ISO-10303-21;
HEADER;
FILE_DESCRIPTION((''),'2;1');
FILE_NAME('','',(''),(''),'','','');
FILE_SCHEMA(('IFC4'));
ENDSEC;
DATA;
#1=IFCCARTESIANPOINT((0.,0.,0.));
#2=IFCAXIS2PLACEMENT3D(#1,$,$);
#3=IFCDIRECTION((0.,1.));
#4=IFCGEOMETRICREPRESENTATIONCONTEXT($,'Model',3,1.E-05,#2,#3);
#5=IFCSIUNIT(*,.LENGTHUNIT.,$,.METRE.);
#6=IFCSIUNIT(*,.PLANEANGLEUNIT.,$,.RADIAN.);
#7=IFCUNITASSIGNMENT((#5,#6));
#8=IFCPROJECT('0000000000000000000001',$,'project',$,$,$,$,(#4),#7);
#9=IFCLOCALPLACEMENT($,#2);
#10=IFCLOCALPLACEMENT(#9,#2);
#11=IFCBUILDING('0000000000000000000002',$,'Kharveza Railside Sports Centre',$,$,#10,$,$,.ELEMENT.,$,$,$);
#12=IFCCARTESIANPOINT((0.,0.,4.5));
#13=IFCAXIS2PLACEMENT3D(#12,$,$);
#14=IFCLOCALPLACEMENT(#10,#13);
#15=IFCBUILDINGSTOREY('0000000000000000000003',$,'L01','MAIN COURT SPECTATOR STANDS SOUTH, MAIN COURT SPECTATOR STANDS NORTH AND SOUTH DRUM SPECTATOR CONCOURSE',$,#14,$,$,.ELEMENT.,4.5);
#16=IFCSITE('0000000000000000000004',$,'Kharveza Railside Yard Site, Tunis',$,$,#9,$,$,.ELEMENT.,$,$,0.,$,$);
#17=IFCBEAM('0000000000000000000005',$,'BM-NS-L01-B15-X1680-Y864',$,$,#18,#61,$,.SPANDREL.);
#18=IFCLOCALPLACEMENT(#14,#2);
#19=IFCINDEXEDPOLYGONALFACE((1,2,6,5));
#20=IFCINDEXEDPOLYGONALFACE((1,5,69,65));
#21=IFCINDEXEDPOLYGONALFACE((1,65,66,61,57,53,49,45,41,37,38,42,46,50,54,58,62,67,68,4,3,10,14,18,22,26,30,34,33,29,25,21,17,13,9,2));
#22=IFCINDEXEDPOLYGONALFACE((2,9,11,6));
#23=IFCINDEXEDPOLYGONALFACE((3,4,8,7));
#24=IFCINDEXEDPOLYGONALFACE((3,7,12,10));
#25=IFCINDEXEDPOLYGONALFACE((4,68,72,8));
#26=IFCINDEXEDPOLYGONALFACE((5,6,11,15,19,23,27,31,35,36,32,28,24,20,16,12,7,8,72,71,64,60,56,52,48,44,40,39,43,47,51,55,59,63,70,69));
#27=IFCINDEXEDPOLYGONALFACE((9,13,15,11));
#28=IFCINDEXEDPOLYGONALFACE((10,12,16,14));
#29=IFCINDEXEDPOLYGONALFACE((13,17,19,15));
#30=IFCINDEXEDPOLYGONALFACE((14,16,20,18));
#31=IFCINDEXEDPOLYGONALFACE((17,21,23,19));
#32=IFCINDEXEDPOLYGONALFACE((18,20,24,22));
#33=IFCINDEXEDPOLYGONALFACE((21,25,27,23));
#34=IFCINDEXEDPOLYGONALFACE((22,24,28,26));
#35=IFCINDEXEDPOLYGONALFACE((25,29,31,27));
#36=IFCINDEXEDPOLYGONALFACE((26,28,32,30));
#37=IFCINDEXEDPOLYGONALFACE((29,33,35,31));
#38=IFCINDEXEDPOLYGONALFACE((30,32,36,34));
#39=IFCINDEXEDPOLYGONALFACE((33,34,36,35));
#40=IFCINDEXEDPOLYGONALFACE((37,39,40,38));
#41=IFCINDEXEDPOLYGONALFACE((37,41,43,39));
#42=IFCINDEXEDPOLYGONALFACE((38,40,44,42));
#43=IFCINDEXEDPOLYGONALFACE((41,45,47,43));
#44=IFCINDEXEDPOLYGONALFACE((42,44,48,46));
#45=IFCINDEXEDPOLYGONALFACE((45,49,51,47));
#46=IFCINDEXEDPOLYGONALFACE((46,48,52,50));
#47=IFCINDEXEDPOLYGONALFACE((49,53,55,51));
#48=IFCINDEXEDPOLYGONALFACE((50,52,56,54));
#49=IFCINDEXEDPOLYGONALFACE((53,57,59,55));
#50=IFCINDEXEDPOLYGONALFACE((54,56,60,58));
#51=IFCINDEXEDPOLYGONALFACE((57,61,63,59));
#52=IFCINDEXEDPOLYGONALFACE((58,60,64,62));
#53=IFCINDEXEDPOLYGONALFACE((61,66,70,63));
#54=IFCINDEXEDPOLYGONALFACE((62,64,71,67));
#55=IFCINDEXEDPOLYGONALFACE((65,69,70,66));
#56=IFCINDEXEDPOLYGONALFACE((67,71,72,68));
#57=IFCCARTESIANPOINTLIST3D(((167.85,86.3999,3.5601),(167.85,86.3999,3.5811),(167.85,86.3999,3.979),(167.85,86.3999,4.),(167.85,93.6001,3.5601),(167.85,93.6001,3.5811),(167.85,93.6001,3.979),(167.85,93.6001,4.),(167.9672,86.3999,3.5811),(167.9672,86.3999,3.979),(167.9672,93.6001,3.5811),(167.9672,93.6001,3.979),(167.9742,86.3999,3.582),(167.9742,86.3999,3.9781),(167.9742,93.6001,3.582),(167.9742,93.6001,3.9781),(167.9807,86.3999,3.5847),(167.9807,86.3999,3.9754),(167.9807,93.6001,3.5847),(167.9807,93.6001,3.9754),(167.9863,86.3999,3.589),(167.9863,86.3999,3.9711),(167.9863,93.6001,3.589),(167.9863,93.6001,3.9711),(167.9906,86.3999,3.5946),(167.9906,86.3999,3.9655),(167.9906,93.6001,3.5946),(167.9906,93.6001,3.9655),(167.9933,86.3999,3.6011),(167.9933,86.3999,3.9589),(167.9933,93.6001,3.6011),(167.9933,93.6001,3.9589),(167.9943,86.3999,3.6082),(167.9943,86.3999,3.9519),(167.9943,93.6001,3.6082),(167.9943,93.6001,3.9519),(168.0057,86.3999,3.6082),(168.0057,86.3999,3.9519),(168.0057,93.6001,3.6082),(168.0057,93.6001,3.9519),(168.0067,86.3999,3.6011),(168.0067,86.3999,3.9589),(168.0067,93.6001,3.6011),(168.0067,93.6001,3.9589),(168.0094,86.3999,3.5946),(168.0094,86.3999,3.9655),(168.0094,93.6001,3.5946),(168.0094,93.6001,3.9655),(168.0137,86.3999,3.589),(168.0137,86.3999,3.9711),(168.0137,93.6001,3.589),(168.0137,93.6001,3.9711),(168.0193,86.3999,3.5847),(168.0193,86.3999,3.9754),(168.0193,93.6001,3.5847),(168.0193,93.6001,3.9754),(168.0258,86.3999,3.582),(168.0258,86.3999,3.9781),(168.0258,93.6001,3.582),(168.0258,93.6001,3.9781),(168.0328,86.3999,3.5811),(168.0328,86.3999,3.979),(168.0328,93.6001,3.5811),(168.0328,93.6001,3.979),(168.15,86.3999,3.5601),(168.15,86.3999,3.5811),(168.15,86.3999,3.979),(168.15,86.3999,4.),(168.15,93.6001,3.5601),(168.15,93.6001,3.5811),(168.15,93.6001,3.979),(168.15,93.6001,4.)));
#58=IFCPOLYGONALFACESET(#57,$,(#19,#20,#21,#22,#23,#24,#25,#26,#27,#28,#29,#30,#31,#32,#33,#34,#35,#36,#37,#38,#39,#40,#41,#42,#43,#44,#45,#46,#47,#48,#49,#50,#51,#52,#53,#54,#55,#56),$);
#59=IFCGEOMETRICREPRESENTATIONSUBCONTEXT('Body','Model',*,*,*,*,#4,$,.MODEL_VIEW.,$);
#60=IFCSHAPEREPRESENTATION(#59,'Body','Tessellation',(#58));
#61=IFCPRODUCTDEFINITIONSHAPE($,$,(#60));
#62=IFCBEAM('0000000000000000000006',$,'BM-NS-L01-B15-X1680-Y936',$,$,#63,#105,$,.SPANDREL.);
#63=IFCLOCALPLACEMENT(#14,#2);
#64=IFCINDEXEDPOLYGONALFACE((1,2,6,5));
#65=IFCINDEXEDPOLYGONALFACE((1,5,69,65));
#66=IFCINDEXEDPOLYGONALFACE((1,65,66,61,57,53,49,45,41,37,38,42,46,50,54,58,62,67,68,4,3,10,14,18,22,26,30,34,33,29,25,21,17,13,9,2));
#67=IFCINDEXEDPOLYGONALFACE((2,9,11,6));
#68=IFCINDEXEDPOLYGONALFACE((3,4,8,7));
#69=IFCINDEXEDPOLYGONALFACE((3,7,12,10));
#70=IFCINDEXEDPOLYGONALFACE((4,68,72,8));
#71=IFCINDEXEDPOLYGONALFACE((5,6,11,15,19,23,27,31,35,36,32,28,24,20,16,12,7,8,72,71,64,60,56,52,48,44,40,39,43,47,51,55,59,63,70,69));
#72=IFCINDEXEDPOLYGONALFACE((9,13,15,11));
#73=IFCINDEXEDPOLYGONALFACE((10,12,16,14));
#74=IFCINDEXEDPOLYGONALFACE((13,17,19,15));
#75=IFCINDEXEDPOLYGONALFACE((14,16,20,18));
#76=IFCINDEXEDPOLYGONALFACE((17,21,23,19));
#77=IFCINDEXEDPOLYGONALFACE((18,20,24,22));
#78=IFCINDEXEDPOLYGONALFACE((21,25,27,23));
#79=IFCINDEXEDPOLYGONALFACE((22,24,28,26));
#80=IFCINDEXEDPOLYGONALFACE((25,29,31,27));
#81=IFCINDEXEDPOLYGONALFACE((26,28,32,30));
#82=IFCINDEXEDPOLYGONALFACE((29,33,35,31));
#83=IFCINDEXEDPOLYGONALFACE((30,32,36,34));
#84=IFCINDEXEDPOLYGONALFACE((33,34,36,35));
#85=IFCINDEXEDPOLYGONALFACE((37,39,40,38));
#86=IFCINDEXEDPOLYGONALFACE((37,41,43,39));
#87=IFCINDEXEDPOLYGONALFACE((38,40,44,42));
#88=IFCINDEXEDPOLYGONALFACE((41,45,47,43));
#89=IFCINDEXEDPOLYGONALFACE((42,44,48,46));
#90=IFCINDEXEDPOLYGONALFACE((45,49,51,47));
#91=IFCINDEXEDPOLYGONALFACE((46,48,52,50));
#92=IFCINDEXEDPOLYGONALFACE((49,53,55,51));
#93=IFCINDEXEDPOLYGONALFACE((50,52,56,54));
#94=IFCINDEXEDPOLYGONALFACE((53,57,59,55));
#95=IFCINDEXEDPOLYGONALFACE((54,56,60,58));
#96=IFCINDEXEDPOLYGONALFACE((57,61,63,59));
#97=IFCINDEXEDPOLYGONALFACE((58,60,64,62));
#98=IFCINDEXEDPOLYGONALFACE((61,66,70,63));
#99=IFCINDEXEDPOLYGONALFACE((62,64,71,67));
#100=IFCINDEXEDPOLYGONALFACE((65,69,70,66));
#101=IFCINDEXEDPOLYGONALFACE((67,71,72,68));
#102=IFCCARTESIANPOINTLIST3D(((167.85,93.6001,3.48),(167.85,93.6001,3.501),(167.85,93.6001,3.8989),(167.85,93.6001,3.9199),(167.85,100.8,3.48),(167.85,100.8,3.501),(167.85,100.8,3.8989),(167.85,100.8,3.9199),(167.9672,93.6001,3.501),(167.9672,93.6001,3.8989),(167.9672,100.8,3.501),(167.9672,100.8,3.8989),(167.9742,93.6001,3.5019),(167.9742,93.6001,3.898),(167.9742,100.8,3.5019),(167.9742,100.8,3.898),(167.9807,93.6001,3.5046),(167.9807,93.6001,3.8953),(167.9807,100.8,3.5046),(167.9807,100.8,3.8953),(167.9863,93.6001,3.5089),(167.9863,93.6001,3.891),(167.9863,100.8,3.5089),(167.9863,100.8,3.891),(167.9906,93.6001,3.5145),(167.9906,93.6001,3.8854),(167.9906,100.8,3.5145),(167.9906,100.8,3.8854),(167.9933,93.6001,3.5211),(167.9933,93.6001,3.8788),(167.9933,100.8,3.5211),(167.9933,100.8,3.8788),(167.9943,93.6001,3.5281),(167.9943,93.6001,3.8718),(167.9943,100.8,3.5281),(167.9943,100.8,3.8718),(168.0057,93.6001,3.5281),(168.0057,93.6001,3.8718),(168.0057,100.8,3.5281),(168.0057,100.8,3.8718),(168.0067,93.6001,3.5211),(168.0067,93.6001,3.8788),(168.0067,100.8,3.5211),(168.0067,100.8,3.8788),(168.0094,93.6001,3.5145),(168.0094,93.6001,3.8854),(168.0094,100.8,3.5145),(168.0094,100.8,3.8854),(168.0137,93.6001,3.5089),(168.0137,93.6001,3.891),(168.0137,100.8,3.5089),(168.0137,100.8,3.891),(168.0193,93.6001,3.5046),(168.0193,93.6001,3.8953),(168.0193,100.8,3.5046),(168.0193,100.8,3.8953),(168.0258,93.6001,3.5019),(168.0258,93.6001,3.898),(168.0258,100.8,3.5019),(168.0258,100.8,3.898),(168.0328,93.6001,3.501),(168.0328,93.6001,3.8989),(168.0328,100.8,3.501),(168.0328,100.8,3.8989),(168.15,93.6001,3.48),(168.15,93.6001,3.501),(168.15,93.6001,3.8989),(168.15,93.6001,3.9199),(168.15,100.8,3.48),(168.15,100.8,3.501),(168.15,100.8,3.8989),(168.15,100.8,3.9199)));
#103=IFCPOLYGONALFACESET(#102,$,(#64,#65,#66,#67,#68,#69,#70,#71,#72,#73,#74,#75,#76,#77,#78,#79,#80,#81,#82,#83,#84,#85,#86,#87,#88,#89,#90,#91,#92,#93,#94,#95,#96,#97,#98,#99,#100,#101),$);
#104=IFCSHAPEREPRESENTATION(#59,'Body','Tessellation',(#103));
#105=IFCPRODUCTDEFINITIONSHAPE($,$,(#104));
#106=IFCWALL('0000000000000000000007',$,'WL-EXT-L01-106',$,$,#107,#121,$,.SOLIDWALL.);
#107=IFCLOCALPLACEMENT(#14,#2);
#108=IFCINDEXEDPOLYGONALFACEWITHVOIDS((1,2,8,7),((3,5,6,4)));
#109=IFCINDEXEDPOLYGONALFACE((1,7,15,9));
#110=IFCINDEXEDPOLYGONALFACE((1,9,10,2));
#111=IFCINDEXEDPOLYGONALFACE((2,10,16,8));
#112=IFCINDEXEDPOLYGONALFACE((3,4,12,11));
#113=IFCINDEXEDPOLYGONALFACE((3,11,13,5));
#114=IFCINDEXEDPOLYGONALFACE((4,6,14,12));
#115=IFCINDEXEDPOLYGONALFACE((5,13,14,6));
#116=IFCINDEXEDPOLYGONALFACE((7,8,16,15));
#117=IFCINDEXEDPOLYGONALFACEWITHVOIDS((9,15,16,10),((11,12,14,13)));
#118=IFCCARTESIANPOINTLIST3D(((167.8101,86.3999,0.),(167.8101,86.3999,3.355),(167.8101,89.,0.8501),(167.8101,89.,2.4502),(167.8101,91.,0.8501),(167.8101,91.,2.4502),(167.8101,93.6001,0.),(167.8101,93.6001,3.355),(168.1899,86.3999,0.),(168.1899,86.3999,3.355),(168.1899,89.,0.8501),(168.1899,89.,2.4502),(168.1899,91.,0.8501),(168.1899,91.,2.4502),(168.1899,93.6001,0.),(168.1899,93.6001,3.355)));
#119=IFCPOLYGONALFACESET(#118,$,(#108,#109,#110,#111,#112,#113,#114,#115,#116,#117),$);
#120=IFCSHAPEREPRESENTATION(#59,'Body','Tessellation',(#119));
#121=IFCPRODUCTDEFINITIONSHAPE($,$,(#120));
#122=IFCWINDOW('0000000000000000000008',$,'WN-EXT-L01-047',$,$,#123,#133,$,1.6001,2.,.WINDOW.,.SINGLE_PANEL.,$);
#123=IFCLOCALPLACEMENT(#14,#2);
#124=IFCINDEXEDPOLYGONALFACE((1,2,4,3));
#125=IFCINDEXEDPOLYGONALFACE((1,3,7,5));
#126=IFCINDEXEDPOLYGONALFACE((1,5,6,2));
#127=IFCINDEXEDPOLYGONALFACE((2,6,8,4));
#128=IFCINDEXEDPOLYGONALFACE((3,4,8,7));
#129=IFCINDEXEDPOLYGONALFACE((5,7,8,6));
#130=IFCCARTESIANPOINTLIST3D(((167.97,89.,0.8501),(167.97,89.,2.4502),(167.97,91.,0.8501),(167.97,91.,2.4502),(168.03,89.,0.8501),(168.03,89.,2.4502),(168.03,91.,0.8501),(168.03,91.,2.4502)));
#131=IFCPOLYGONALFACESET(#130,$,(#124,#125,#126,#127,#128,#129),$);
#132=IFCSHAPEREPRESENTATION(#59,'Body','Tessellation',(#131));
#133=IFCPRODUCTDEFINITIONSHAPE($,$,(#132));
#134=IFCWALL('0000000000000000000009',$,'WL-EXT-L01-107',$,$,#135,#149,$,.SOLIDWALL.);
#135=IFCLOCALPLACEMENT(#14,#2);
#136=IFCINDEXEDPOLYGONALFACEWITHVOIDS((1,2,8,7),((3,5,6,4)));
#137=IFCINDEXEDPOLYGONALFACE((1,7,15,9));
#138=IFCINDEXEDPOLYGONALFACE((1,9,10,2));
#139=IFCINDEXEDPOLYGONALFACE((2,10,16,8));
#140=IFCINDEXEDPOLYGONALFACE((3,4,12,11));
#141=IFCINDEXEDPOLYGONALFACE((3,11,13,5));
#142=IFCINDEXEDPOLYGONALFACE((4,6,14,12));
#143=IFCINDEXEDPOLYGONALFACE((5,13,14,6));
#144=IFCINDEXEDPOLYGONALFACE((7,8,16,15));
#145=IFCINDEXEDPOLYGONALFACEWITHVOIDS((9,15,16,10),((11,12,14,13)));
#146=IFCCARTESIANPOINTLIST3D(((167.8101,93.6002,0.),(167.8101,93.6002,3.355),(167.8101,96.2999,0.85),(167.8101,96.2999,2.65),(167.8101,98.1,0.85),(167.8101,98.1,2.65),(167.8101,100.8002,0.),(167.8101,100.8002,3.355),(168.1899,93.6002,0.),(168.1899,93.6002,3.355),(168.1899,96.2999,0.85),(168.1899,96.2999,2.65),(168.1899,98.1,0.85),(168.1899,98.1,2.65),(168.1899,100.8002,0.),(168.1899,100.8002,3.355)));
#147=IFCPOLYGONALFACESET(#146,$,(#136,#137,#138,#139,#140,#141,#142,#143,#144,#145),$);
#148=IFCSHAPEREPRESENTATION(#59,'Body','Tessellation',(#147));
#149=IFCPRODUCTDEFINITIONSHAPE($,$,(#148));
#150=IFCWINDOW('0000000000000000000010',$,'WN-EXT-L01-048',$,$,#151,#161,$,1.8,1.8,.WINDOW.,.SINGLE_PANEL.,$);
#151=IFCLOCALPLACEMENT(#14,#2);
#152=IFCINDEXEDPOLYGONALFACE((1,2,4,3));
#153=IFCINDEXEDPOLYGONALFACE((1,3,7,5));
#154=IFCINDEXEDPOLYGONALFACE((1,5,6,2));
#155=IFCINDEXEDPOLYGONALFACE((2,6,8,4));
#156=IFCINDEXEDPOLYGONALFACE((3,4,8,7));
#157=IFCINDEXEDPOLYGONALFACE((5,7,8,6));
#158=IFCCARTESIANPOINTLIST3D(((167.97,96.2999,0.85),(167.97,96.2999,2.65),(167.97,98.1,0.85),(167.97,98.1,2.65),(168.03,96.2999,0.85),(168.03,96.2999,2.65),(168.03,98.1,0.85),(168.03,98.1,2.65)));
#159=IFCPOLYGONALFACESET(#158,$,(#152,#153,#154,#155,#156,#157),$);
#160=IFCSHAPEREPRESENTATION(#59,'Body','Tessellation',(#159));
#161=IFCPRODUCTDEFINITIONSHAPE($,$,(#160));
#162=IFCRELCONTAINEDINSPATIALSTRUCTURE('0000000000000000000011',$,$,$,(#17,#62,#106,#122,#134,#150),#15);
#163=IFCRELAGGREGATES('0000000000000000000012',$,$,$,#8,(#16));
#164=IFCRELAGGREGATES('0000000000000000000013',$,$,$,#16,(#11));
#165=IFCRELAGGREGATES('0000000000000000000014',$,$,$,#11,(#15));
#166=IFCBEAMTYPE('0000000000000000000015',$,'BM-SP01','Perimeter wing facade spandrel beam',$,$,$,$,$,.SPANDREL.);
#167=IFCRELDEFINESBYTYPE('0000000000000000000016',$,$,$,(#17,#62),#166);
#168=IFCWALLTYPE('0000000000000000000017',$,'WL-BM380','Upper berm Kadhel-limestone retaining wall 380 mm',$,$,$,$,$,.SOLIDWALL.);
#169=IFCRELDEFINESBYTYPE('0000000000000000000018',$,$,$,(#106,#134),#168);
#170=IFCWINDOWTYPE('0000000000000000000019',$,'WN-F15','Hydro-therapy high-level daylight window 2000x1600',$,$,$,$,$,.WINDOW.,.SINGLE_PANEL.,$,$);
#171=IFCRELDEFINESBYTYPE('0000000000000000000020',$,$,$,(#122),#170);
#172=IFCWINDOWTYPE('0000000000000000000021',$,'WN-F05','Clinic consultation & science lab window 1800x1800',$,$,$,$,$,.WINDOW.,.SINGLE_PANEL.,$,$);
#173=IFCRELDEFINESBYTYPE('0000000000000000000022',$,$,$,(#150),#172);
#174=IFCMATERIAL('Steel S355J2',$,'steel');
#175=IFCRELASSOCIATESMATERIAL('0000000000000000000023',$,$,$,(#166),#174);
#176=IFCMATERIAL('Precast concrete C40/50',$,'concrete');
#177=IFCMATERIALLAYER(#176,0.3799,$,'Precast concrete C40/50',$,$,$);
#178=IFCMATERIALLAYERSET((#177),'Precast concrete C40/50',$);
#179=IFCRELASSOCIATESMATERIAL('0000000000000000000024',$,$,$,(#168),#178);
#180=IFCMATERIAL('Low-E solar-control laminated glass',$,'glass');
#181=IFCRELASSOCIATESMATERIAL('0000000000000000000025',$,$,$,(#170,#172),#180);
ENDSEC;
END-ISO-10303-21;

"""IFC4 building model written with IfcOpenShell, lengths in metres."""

from ifc_helpers import new_model, si_unit, direction, frame, frame_2d, origin, origin_2d, place, context, subcontext, project, spatial, rectangle, i_section, extrude, material, layer, layer_set, material_profile, profile_set, type_object, element, fill, save


model = new_model("IFC4")

# Units and contexts
model_context = context("Model", 3, precision=1e-05, world=origin(), true_north=direction((0.0, 1.0)))
body_context = subcontext(model_context, "Body", "Model", "MODEL_VIEW")
ifc_project = project(units=[si_unit("LENGTHUNIT", "METRE"), si_unit("PLANEANGLEUNIT", "RADIAN")], contexts=[model_context])

# Site, building, storey
site_placement = place(None, origin())
site = spatial("IfcSite", under=ifc_project, at=site_placement, Name="Kharveza Railside Yard Site, Tunis", CompositionType="ELEMENT", RefElevation=0.0)
building_placement = place(site_placement, origin())
building = spatial("IfcBuilding", under=site, at=building_placement, Name="Kharveza Railside Sports Centre", CompositionType="ELEMENT")
storey_placement = place(building_placement, frame((0.0, 0.0, 4.5)))
storey = spatial("IfcBuildingStorey", under=building, at=storey_placement, Name="L01", Description="MAIN COURT SPECTATOR STANDS SOUTH, MAIN COURT SPECTATOR STANDS NORTH AND SOUTH DRUM SPECTATOR CONCOURSE", CompositionType="ELEMENT", Elevation=4.5)

# Shared definitions
ifc_material_1 = material(Name="Steel S355J2", Category="steel")

# Beams
ifc_material_profile_1 = material_profile(ifc_material_1, i_section(OverallWidth=0.3, OverallDepth=0.4399, WebThickness=0.0115, FlangeThickness=0.021, FilletRadius=0.0271, at=origin_2d()), Name="HEA 450")
ifc_profile_set_1 = profile_set([ifc_material_profile_1], Name="Steel S355J2")
beam_type_1 = type_object("IfcBeamType", Name="BM-SP01", Description="Perimeter wing facade spandrel beam", PredefinedType="SPANDREL", material=ifc_profile_set_1)
beam_1_placement = place(storey_placement, frame((168.0, 86.3999, 3.78), z_axis=(0.0, 1.0, 0.0), x_axis=(-1.0, 0.0, 0.0)))
element("IfcBeam", 1, at=beam_1_placement, inside=storey, type_object=beam_type_1, Name="BM-NS-L01-B15-X1680-Y864", PredefinedType="SPANDREL", context=body_context, shape_type="SweptSolid", body=[
    extrude(i_section(OverallWidth=0.3, OverallDepth=0.4399, WebThickness=0.0115, FlangeThickness=0.021, FilletRadius=0.0271, at=origin_2d()), origin(), (0.0, 0.0, 1.0), 7.2002),
])
beam_2_placement = place(storey_placement, frame((168.0, 93.6001, 3.7), z_axis=(0.0, 1.0, 0.0), x_axis=(-1.0, 0.0, 0.0)))
element("IfcBeam", 2, at=beam_2_placement, inside=storey, type_object=beam_type_1, Name="BM-NS-L01-B15-X1680-Y936", PredefinedType="SPANDREL", context=body_context, shape_type="SweptSolid", body=[
    extrude(i_section(OverallWidth=0.3, OverallDepth=0.4399, WebThickness=0.0115, FlangeThickness=0.021, FilletRadius=0.0271, at=origin_2d()), origin(), (0.0, 0.0, 1.0), 7.2),
])

# Walls, openings, windows
ifc_material_2 = material(Name="Precast concrete C40/50", Category="concrete")
ifc_layer_1 = layer(ifc_material_2, 0.3799, Name="Precast concrete C40/50")
ifc_layer_set_1 = layer_set([ifc_layer_1], Name="Precast concrete C40/50")
wall_type_1 = type_object("IfcWallType", Name="WL-BM380", Description="Upper berm Kadhel-limestone retaining wall 380 mm", PredefinedType="SOLIDWALL", material=ifc_layer_set_1)
wall_1_placement = place(storey_placement, frame((168.0, 86.3999, 0.0), z_axis=(0.0, 0.0, 1.0), x_axis=(0.0, 1.0, 0.0)))
wall_1 = element("IfcWall", 3, at=wall_1_placement, inside=storey, type_object=wall_type_1, Name="WL-EXT-L01-106", PredefinedType="SOLIDWALL", context=body_context, shape_type="SweptSolid", body=[
    extrude(rectangle(XDim=7.2002, YDim=0.3799, at=frame_2d((3.6001, 0.0))), origin(), (0.0, 0.0, 1.0), 3.355),
])
opening_1_placement = place(wall_1_placement, frame((2.6001, 0.0, 0.8501)))
opening_1 = element("IfcOpeningElement", 4, at=opening_1_placement, cuts=wall_1, PredefinedType="OPENING", context=body_context, shape_type="SweptSolid", body=[
    extrude(rectangle(XDim=2.0, YDim=1.6001, at=frame_2d((1.0, 0.8))), frame((0.0, 0.2148, 0.0), z_axis=(0.0, -1.0, 0.0), x_axis=(1.0, 0.0, 0.0)), (0.0, 0.0, 1.0), 0.4297),
])
ifc_material_3 = material(Name="Low-E solar-control laminated glass", Category="glass")
window_type_1 = type_object("IfcWindowType", Name="WN-F15", Description="Hydro-therapy high-level daylight window 2000x1600", PartitioningType="SINGLE_PANEL", PredefinedType="WINDOW", material=ifc_material_3)
window_1_placement = place(opening_1_placement, origin())
window_1 = element("IfcWindow", 5, at=window_1_placement, inside=storey, type_object=window_type_1, Name="WN-EXT-L01-047", OverallHeight=1.6001, OverallWidth=2.0, PartitioningType="SINGLE_PANEL", PredefinedType="WINDOW", context=body_context, shape_type="SweptSolid", body=[
    extrude(rectangle(XDim=2.0, YDim=1.6001, at=frame_2d((1.0, 0.8))), frame((0.0, 0.03, 0.0), z_axis=(0.0, -1.0, 0.0), x_axis=(1.0, 0.0, 0.0)), (0.0, 0.0, 1.0), 0.0601),
])
fill(opening_1, window_1)
wall_2_placement = place(storey_placement, frame((168.0, 93.6001, 0.0), z_axis=(0.0, 0.0, 1.0), x_axis=(0.0, 1.0, 0.0)))
wall_2 = element("IfcWall", 6, at=wall_2_placement, inside=storey, type_object=wall_type_1, Name="WL-EXT-L01-107", PredefinedType="SOLIDWALL", context=body_context, shape_type="SweptSolid", body=[
    extrude(rectangle(XDim=7.2, YDim=0.3799, at=frame_2d((3.6001, 0.0))), origin(), (0.0, 0.0, 1.0), 3.355),
])
opening_2_placement = place(wall_2_placement, frame((2.7, 0.0, 0.8501)))
opening_2 = element("IfcOpeningElement", 7, at=opening_2_placement, cuts=wall_2, PredefinedType="OPENING", context=body_context, shape_type="SweptSolid", body=[
    extrude(rectangle(XDim=1.8, YDim=1.8, at=frame_2d((0.8999, 0.8999))), frame((0.0, 0.2148, 0.0), z_axis=(0.0, -1.0, 0.0), x_axis=(1.0, 0.0, 0.0)), (0.0, 0.0, 1.0), 0.4297),
])
window_type_2 = type_object("IfcWindowType", Name="WN-F05", Description="Clinic consultation & science lab window 1800x1800", PartitioningType="SINGLE_PANEL", PredefinedType="WINDOW", material=ifc_material_3)
window_2_placement = place(opening_2_placement, origin())
window_2 = element("IfcWindow", 8, at=window_2_placement, inside=storey, type_object=window_type_2, Name="WN-EXT-L01-048", OverallHeight=1.8, OverallWidth=1.8, PartitioningType="SINGLE_PANEL", PredefinedType="WINDOW", context=body_context, shape_type="SweptSolid", body=[
    extrude(rectangle(XDim=1.8, YDim=1.8, at=frame_2d((0.8999, 0.8999))), frame((0.0, 0.03, 0.0), z_axis=(0.0, -1.0, 0.0), x_axis=(1.0, 0.0, 0.0)), (0.0, 0.0, 1.0), 0.0601),
])
fill(opening_2, window_2)

save(model, "model.ifc")
